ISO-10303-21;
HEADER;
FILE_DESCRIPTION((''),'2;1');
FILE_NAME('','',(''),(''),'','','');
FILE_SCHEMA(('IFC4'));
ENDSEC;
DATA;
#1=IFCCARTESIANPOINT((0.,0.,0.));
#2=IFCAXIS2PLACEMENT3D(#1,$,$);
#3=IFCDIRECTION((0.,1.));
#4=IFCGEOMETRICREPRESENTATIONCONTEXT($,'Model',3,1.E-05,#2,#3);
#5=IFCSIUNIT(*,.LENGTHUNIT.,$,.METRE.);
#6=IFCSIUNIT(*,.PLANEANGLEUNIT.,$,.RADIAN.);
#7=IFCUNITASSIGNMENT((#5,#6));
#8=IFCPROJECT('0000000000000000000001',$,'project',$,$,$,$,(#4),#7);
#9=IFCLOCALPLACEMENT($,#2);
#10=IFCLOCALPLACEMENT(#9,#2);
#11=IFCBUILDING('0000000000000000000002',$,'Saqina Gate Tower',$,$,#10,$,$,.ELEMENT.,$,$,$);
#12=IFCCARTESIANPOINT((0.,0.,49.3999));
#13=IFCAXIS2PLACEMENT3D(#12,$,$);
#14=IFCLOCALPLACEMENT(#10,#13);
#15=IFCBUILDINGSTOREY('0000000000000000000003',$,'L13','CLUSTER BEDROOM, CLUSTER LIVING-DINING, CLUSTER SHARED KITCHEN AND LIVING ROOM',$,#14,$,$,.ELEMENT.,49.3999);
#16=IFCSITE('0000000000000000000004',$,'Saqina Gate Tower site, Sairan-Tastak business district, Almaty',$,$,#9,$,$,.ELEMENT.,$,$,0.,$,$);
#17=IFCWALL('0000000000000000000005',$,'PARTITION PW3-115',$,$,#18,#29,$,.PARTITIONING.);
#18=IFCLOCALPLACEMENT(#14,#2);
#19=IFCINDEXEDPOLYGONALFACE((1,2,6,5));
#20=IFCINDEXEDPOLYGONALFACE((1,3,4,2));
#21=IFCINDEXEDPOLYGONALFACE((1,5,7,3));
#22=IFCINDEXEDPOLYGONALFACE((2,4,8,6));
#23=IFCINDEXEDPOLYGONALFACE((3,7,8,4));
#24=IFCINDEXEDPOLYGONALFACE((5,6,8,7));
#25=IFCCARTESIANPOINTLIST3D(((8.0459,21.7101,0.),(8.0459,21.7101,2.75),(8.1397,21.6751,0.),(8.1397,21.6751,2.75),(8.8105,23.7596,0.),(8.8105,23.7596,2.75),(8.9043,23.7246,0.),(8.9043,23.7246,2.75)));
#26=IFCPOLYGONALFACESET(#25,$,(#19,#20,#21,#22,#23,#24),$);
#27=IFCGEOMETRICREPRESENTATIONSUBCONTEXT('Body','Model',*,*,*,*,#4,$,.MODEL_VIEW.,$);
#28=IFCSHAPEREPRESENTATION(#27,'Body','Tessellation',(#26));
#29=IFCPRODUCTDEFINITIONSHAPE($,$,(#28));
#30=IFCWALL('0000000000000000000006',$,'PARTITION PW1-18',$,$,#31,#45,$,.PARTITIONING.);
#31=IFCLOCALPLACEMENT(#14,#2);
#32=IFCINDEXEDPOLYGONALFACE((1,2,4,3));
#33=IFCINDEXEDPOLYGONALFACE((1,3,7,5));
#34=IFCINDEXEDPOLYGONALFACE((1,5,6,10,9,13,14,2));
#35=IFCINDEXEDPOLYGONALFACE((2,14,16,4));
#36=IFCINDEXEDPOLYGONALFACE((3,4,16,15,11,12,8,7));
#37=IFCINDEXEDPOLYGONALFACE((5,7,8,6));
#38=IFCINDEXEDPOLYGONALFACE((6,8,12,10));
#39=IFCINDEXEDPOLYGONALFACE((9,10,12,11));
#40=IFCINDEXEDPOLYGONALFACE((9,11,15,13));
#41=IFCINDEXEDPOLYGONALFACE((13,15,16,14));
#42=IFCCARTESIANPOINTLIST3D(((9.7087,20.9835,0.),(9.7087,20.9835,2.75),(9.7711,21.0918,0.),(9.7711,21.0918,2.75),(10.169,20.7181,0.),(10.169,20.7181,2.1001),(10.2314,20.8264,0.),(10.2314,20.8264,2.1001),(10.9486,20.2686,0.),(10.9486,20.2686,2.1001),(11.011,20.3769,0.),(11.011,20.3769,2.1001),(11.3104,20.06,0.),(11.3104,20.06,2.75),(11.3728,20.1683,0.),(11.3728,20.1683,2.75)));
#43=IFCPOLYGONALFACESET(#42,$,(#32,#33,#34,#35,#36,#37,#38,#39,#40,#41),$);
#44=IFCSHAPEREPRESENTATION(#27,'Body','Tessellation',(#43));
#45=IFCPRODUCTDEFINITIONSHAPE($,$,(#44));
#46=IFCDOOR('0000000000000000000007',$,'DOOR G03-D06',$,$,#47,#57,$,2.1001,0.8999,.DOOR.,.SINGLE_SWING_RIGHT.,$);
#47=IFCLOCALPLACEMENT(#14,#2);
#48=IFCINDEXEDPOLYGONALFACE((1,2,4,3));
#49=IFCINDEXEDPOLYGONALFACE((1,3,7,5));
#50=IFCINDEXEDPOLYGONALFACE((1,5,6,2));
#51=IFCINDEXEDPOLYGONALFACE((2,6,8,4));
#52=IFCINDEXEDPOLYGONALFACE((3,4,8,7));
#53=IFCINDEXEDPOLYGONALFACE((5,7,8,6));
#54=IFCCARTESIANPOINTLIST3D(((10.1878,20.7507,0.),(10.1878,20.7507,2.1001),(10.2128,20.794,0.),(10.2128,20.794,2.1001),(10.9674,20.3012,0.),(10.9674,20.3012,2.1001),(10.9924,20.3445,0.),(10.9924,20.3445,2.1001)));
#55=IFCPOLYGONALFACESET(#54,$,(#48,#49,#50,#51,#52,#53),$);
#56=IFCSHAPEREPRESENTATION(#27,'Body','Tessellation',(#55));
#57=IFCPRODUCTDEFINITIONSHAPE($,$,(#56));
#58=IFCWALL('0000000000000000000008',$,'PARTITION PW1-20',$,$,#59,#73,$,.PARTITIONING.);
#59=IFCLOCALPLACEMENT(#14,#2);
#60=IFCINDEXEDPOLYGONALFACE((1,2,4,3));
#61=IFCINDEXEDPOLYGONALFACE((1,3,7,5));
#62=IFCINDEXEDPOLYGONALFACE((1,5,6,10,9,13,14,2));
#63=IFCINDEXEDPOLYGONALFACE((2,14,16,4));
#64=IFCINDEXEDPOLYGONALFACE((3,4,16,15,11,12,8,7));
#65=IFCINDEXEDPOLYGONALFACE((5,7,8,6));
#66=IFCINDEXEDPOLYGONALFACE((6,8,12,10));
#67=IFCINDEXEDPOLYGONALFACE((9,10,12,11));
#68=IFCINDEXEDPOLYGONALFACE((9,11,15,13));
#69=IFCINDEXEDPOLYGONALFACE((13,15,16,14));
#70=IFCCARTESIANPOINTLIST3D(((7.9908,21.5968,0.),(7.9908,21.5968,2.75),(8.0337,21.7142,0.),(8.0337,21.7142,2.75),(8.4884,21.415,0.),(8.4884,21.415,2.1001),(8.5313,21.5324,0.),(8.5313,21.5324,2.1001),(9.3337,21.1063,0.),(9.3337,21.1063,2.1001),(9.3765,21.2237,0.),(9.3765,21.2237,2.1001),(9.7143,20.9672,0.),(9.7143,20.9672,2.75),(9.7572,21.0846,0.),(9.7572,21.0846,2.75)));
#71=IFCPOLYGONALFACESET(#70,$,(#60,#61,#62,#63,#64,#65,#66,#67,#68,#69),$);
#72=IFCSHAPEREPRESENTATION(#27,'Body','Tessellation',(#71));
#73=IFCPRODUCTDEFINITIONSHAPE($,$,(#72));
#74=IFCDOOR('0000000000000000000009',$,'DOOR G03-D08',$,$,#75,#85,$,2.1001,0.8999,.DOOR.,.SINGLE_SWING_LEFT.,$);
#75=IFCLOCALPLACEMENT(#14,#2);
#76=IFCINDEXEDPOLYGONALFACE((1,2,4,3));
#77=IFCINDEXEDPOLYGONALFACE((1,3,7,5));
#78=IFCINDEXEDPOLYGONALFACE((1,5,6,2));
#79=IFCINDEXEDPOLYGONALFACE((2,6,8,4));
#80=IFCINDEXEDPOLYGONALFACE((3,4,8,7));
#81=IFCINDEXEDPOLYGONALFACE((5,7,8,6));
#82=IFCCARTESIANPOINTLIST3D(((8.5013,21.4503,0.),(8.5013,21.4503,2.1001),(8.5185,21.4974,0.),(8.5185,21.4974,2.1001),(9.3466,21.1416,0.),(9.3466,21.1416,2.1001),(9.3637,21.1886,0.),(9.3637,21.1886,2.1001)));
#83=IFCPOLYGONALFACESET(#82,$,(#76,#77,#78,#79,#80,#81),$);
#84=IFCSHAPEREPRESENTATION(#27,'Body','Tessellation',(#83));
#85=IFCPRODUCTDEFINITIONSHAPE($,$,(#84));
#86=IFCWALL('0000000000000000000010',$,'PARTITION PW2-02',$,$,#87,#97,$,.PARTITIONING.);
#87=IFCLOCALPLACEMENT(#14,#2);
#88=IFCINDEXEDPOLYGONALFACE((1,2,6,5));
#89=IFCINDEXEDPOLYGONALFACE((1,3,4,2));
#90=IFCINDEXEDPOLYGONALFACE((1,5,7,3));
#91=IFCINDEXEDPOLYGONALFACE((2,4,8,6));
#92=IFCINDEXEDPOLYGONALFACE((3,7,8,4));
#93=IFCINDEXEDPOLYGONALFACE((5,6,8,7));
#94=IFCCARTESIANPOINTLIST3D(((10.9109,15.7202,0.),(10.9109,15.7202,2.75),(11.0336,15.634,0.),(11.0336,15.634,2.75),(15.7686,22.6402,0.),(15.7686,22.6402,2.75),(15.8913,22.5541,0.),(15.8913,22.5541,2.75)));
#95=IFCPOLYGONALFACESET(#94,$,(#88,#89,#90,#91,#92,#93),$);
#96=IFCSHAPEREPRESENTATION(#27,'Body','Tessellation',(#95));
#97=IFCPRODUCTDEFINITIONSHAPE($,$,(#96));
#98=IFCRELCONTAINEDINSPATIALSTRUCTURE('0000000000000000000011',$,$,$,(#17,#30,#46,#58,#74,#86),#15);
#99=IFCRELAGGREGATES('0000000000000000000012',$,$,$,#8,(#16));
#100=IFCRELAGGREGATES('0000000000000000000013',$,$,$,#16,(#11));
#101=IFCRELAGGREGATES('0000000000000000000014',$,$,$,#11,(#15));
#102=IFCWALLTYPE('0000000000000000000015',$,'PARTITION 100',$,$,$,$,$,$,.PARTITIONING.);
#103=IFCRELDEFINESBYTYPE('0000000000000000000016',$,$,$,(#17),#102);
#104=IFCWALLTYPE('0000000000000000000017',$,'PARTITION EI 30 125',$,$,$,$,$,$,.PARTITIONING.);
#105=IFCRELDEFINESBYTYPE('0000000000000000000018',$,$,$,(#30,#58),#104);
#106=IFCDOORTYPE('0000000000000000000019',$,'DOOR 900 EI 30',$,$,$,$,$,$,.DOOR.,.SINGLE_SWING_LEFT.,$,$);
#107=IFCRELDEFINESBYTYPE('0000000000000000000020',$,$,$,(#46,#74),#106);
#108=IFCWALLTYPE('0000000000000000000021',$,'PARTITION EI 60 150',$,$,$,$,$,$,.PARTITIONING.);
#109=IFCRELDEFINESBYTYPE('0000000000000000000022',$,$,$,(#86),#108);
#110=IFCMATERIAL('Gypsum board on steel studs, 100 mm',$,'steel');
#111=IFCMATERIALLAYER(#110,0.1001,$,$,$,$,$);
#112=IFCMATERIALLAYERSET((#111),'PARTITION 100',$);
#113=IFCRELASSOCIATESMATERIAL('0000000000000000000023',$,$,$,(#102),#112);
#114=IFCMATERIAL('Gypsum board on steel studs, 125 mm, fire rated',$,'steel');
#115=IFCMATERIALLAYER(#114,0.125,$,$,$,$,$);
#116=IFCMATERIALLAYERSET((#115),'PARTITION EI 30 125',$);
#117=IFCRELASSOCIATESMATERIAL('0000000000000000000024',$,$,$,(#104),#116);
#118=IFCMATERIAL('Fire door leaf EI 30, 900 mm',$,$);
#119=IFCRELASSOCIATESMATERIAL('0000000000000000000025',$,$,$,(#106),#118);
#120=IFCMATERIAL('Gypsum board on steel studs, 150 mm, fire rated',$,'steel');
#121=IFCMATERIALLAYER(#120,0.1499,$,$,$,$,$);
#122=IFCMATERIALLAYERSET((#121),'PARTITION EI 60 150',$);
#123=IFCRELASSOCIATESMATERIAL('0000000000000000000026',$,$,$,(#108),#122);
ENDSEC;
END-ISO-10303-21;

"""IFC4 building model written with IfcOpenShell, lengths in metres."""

from ifc_helpers import new_model, si_unit, direction, frame, frame_2d, origin, place, context, subcontext, project, spatial, rectangle, extrude, material, layer, layer_set, type_object, element, fill, save


model = new_model("IFC4")

# Units and contexts
model_context = context("Model", 3, precision=1e-05, world=origin(), true_north=direction((0.0, 1.0)))
body_context = subcontext(model_context, "Body", "Model", "MODEL_VIEW")
ifc_project = project(units=[si_unit("LENGTHUNIT", "METRE"), si_unit("PLANEANGLEUNIT", "RADIAN")], contexts=[model_context])

# Site, building, storey
site_placement = place(None, origin())
site = spatial("IfcSite", under=ifc_project, at=site_placement, Name="Saqina Gate Tower site, Sairan-Tastak business district, Almaty", CompositionType="ELEMENT", RefElevation=0.0)
building_placement = place(site_placement, origin())
building = spatial("IfcBuilding", under=site, at=building_placement, Name="Saqina Gate Tower", CompositionType="ELEMENT")
storey_placement = place(building_placement, frame((0.0, 0.0, 49.3999)))
storey = spatial("IfcBuildingStorey", under=building, at=storey_placement, Name="L13", Description="CLUSTER BEDROOM, CLUSTER LIVING-DINING, CLUSTER SHARED KITCHEN AND LIVING ROOM", CompositionType="ELEMENT", Elevation=49.3999)

# Shared definitions
ifc_material_1 = material(Name="Gypsum board on steel studs, 100 mm", Category="steel")
ifc_layer_1 = layer(ifc_material_1, 0.1001)
ifc_layer_set_1 = layer_set([ifc_layer_1], Name="PARTITION 100")
wall_type_1 = type_object("IfcWallType", Name="PARTITION 100", PredefinedType="PARTITIONING", material=ifc_layer_set_1)

# Wall
wall_1_placement = place(storey_placement, frame((8.0928, 21.6926, 0.0), z_axis=(0.0, 0.0, 1.0), x_axis=(0.349545, 0.93692, 0.0)))
element("IfcWall", 1, at=wall_1_placement, inside=storey, type_object=wall_type_1, Name="PARTITION PW3-115", PredefinedType="PARTITIONING", context=body_context, shape_type="SweptSolid", body=[
    extrude(rectangle(XDim=2.1875, YDim=0.1001, at=frame_2d((1.0938, 0.0))), origin(), (0.0, 0.0, 1.0), 2.75),
])

# Walls, openings, doors
ifc_material_2 = material(Name="Gypsum board on steel studs, 125 mm, fire rated", Category="steel")
ifc_layer_2 = layer(ifc_material_2, 0.125)
ifc_layer_set_2 = layer_set([ifc_layer_2], Name="PARTITION EI 30 125")
wall_type_2 = type_object("IfcWallType", Name="PARTITION EI 30 125", PredefinedType="PARTITIONING", material=ifc_layer_set_2)
wall_2_placement = place(storey_placement, frame((9.74, 21.0376, 0.0), z_axis=(0.0, 0.0, 1.0), x_axis=(0.866311, -0.499505, 0.0)))
wall_2 = element("IfcWall", 2, at=wall_2_placement, inside=storey, type_object=wall_type_2, Name="PARTITION PW1-18", PredefinedType="PARTITIONING", context=body_context, shape_type="SweptSolid", body=[
    extrude(rectangle(XDim=1.8489, YDim=0.125, at=frame_2d((0.9243, 0.0))), origin(), (0.0, 0.0, 1.0), 2.75),
])
opening_1_placement = place(wall_2_placement, frame((0.5312, 0.0, 0.0)))
opening_1 = element("IfcOpeningElement", 3, at=opening_1_placement, cuts=wall_2, PredefinedType="OPENING", context=body_context, shape_type="SweptSolid", body=[
    extrude(rectangle(XDim=0.8999, YDim=2.1001, at=frame_2d((0.45, 1.05))), frame((0.0, 0.0745, 0.0), z_axis=(0.0, -1.0, 0.0), x_axis=(1.0, 0.0, 0.0)), (0.0, 0.0, 1.0), 0.1489),
])
ifc_material_3 = material(Name="Fire door leaf EI 30, 900 mm")
door_type_1 = type_object("IfcDoorType", Name="DOOR 900 EI 30", OperationType="SINGLE_SWING_LEFT", PredefinedType="DOOR", material=ifc_material_3)
door_1_placement = place(opening_1_placement, frame((0.8999, 0.0, 0.0), z_axis=(0.0, 0.0, 1.0), x_axis=(-1.0, 0.0, 0.0)))
door_1 = element("IfcDoor", 4, at=door_1_placement, inside=storey, type_object=door_type_1, Name="DOOR G03-D06", OperationType="SINGLE_SWING_RIGHT", OverallHeight=2.1001, OverallWidth=0.8999, PredefinedType="DOOR", context=body_context, shape_type="SweptSolid", body=[
    extrude(rectangle(XDim=0.8999, YDim=2.1001, at=frame_2d((0.45, 1.05))), frame((0.0, 0.0249, 0.0), z_axis=(0.0, -1.0, 0.0), x_axis=(1.0, 0.0, 0.0)), (0.0, 0.0, 1.0), 0.05),
])
fill(opening_1, door_1)
wall_3_placement = place(storey_placement, frame((8.0122, 21.6555, 0.0), z_axis=(0.0, 0.0, 1.0), x_axis=(0.939291, -0.343121, 0.0)))
wall_3 = element("IfcWall", 5, at=wall_3_placement, inside=storey, type_object=wall_type_2, Name="PARTITION PW1-20", PredefinedType="PARTITIONING", context=body_context, shape_type="SweptSolid", body=[
    extrude(rectangle(XDim=1.835, YDim=0.125, at=frame_2d((0.9175, 0.0))), origin(), (0.0, 0.0, 1.0), 2.75),
])
opening_2_placement = place(wall_3_placement, frame((0.5298, 0.0, 0.0)))
opening_2 = element("IfcOpeningElement", 6, at=opening_2_placement, cuts=wall_3, PredefinedType="OPENING", context=body_context, shape_type="SweptSolid", body=[
    extrude(rectangle(XDim=0.8999, YDim=2.1001, at=frame_2d((0.45, 1.05))), frame((0.0, 0.0745, 0.0), z_axis=(0.0, -1.0, 0.0), x_axis=(1.0, 0.0, 0.0)), (0.0, 0.0, 1.0), 0.1489),
])
door_2_placement = place(opening_2_placement, frame((0.8999, 0.0, 0.0), z_axis=(0.0, 0.0, 1.0), x_axis=(-1.0, 0.0, 0.0)))
door_2 = element("IfcDoor", 7, at=door_2_placement, inside=storey, type_object=door_type_1, Name="DOOR G03-D08", OperationType="SINGLE_SWING_LEFT", OverallHeight=2.1001, OverallWidth=0.8999, PredefinedType="DOOR", context=body_context, shape_type="SweptSolid", body=[
    extrude(rectangle(XDim=0.8999, YDim=2.1001, at=frame_2d((0.45, 1.05))), frame((0.0, 0.0249, 0.0), z_axis=(0.0, -1.0, 0.0), x_axis=(1.0, 0.0, 0.0)), (0.0, 0.0, 1.0), 0.05),
])
fill(opening_2, door_2)

# Wall
ifc_material_4 = material(Name="Gypsum board on steel studs, 150 mm, fire rated", Category="steel")
ifc_layer_3 = layer(ifc_material_4, 0.1499)
ifc_layer_set_3 = layer_set([ifc_layer_3], Name="PARTITION EI 60 150")
wall_type_3 = type_object("IfcWallType", Name="PARTITION EI 60 150", PredefinedType="PARTITIONING", material=ifc_layer_set_3)
wall_4_placement = place(storey_placement, frame((10.9722, 15.677, 0.0), z_axis=(0.0, 0.0, 1.0), x_axis=(0.574551, 0.818469, 0.0)))
element("IfcWall", 8, at=wall_4_placement, inside=storey, type_object=wall_type_3, Name="PARTITION PW2-02", PredefinedType="PARTITIONING", context=body_context, shape_type="SweptSolid", body=[
    extrude(rectangle(XDim=8.4548, YDim=0.1499, at=frame_2d((4.2275, 0.0))), origin(), (0.0, 0.0, 1.0), 2.75),
])

save(model, "model.ifc")
